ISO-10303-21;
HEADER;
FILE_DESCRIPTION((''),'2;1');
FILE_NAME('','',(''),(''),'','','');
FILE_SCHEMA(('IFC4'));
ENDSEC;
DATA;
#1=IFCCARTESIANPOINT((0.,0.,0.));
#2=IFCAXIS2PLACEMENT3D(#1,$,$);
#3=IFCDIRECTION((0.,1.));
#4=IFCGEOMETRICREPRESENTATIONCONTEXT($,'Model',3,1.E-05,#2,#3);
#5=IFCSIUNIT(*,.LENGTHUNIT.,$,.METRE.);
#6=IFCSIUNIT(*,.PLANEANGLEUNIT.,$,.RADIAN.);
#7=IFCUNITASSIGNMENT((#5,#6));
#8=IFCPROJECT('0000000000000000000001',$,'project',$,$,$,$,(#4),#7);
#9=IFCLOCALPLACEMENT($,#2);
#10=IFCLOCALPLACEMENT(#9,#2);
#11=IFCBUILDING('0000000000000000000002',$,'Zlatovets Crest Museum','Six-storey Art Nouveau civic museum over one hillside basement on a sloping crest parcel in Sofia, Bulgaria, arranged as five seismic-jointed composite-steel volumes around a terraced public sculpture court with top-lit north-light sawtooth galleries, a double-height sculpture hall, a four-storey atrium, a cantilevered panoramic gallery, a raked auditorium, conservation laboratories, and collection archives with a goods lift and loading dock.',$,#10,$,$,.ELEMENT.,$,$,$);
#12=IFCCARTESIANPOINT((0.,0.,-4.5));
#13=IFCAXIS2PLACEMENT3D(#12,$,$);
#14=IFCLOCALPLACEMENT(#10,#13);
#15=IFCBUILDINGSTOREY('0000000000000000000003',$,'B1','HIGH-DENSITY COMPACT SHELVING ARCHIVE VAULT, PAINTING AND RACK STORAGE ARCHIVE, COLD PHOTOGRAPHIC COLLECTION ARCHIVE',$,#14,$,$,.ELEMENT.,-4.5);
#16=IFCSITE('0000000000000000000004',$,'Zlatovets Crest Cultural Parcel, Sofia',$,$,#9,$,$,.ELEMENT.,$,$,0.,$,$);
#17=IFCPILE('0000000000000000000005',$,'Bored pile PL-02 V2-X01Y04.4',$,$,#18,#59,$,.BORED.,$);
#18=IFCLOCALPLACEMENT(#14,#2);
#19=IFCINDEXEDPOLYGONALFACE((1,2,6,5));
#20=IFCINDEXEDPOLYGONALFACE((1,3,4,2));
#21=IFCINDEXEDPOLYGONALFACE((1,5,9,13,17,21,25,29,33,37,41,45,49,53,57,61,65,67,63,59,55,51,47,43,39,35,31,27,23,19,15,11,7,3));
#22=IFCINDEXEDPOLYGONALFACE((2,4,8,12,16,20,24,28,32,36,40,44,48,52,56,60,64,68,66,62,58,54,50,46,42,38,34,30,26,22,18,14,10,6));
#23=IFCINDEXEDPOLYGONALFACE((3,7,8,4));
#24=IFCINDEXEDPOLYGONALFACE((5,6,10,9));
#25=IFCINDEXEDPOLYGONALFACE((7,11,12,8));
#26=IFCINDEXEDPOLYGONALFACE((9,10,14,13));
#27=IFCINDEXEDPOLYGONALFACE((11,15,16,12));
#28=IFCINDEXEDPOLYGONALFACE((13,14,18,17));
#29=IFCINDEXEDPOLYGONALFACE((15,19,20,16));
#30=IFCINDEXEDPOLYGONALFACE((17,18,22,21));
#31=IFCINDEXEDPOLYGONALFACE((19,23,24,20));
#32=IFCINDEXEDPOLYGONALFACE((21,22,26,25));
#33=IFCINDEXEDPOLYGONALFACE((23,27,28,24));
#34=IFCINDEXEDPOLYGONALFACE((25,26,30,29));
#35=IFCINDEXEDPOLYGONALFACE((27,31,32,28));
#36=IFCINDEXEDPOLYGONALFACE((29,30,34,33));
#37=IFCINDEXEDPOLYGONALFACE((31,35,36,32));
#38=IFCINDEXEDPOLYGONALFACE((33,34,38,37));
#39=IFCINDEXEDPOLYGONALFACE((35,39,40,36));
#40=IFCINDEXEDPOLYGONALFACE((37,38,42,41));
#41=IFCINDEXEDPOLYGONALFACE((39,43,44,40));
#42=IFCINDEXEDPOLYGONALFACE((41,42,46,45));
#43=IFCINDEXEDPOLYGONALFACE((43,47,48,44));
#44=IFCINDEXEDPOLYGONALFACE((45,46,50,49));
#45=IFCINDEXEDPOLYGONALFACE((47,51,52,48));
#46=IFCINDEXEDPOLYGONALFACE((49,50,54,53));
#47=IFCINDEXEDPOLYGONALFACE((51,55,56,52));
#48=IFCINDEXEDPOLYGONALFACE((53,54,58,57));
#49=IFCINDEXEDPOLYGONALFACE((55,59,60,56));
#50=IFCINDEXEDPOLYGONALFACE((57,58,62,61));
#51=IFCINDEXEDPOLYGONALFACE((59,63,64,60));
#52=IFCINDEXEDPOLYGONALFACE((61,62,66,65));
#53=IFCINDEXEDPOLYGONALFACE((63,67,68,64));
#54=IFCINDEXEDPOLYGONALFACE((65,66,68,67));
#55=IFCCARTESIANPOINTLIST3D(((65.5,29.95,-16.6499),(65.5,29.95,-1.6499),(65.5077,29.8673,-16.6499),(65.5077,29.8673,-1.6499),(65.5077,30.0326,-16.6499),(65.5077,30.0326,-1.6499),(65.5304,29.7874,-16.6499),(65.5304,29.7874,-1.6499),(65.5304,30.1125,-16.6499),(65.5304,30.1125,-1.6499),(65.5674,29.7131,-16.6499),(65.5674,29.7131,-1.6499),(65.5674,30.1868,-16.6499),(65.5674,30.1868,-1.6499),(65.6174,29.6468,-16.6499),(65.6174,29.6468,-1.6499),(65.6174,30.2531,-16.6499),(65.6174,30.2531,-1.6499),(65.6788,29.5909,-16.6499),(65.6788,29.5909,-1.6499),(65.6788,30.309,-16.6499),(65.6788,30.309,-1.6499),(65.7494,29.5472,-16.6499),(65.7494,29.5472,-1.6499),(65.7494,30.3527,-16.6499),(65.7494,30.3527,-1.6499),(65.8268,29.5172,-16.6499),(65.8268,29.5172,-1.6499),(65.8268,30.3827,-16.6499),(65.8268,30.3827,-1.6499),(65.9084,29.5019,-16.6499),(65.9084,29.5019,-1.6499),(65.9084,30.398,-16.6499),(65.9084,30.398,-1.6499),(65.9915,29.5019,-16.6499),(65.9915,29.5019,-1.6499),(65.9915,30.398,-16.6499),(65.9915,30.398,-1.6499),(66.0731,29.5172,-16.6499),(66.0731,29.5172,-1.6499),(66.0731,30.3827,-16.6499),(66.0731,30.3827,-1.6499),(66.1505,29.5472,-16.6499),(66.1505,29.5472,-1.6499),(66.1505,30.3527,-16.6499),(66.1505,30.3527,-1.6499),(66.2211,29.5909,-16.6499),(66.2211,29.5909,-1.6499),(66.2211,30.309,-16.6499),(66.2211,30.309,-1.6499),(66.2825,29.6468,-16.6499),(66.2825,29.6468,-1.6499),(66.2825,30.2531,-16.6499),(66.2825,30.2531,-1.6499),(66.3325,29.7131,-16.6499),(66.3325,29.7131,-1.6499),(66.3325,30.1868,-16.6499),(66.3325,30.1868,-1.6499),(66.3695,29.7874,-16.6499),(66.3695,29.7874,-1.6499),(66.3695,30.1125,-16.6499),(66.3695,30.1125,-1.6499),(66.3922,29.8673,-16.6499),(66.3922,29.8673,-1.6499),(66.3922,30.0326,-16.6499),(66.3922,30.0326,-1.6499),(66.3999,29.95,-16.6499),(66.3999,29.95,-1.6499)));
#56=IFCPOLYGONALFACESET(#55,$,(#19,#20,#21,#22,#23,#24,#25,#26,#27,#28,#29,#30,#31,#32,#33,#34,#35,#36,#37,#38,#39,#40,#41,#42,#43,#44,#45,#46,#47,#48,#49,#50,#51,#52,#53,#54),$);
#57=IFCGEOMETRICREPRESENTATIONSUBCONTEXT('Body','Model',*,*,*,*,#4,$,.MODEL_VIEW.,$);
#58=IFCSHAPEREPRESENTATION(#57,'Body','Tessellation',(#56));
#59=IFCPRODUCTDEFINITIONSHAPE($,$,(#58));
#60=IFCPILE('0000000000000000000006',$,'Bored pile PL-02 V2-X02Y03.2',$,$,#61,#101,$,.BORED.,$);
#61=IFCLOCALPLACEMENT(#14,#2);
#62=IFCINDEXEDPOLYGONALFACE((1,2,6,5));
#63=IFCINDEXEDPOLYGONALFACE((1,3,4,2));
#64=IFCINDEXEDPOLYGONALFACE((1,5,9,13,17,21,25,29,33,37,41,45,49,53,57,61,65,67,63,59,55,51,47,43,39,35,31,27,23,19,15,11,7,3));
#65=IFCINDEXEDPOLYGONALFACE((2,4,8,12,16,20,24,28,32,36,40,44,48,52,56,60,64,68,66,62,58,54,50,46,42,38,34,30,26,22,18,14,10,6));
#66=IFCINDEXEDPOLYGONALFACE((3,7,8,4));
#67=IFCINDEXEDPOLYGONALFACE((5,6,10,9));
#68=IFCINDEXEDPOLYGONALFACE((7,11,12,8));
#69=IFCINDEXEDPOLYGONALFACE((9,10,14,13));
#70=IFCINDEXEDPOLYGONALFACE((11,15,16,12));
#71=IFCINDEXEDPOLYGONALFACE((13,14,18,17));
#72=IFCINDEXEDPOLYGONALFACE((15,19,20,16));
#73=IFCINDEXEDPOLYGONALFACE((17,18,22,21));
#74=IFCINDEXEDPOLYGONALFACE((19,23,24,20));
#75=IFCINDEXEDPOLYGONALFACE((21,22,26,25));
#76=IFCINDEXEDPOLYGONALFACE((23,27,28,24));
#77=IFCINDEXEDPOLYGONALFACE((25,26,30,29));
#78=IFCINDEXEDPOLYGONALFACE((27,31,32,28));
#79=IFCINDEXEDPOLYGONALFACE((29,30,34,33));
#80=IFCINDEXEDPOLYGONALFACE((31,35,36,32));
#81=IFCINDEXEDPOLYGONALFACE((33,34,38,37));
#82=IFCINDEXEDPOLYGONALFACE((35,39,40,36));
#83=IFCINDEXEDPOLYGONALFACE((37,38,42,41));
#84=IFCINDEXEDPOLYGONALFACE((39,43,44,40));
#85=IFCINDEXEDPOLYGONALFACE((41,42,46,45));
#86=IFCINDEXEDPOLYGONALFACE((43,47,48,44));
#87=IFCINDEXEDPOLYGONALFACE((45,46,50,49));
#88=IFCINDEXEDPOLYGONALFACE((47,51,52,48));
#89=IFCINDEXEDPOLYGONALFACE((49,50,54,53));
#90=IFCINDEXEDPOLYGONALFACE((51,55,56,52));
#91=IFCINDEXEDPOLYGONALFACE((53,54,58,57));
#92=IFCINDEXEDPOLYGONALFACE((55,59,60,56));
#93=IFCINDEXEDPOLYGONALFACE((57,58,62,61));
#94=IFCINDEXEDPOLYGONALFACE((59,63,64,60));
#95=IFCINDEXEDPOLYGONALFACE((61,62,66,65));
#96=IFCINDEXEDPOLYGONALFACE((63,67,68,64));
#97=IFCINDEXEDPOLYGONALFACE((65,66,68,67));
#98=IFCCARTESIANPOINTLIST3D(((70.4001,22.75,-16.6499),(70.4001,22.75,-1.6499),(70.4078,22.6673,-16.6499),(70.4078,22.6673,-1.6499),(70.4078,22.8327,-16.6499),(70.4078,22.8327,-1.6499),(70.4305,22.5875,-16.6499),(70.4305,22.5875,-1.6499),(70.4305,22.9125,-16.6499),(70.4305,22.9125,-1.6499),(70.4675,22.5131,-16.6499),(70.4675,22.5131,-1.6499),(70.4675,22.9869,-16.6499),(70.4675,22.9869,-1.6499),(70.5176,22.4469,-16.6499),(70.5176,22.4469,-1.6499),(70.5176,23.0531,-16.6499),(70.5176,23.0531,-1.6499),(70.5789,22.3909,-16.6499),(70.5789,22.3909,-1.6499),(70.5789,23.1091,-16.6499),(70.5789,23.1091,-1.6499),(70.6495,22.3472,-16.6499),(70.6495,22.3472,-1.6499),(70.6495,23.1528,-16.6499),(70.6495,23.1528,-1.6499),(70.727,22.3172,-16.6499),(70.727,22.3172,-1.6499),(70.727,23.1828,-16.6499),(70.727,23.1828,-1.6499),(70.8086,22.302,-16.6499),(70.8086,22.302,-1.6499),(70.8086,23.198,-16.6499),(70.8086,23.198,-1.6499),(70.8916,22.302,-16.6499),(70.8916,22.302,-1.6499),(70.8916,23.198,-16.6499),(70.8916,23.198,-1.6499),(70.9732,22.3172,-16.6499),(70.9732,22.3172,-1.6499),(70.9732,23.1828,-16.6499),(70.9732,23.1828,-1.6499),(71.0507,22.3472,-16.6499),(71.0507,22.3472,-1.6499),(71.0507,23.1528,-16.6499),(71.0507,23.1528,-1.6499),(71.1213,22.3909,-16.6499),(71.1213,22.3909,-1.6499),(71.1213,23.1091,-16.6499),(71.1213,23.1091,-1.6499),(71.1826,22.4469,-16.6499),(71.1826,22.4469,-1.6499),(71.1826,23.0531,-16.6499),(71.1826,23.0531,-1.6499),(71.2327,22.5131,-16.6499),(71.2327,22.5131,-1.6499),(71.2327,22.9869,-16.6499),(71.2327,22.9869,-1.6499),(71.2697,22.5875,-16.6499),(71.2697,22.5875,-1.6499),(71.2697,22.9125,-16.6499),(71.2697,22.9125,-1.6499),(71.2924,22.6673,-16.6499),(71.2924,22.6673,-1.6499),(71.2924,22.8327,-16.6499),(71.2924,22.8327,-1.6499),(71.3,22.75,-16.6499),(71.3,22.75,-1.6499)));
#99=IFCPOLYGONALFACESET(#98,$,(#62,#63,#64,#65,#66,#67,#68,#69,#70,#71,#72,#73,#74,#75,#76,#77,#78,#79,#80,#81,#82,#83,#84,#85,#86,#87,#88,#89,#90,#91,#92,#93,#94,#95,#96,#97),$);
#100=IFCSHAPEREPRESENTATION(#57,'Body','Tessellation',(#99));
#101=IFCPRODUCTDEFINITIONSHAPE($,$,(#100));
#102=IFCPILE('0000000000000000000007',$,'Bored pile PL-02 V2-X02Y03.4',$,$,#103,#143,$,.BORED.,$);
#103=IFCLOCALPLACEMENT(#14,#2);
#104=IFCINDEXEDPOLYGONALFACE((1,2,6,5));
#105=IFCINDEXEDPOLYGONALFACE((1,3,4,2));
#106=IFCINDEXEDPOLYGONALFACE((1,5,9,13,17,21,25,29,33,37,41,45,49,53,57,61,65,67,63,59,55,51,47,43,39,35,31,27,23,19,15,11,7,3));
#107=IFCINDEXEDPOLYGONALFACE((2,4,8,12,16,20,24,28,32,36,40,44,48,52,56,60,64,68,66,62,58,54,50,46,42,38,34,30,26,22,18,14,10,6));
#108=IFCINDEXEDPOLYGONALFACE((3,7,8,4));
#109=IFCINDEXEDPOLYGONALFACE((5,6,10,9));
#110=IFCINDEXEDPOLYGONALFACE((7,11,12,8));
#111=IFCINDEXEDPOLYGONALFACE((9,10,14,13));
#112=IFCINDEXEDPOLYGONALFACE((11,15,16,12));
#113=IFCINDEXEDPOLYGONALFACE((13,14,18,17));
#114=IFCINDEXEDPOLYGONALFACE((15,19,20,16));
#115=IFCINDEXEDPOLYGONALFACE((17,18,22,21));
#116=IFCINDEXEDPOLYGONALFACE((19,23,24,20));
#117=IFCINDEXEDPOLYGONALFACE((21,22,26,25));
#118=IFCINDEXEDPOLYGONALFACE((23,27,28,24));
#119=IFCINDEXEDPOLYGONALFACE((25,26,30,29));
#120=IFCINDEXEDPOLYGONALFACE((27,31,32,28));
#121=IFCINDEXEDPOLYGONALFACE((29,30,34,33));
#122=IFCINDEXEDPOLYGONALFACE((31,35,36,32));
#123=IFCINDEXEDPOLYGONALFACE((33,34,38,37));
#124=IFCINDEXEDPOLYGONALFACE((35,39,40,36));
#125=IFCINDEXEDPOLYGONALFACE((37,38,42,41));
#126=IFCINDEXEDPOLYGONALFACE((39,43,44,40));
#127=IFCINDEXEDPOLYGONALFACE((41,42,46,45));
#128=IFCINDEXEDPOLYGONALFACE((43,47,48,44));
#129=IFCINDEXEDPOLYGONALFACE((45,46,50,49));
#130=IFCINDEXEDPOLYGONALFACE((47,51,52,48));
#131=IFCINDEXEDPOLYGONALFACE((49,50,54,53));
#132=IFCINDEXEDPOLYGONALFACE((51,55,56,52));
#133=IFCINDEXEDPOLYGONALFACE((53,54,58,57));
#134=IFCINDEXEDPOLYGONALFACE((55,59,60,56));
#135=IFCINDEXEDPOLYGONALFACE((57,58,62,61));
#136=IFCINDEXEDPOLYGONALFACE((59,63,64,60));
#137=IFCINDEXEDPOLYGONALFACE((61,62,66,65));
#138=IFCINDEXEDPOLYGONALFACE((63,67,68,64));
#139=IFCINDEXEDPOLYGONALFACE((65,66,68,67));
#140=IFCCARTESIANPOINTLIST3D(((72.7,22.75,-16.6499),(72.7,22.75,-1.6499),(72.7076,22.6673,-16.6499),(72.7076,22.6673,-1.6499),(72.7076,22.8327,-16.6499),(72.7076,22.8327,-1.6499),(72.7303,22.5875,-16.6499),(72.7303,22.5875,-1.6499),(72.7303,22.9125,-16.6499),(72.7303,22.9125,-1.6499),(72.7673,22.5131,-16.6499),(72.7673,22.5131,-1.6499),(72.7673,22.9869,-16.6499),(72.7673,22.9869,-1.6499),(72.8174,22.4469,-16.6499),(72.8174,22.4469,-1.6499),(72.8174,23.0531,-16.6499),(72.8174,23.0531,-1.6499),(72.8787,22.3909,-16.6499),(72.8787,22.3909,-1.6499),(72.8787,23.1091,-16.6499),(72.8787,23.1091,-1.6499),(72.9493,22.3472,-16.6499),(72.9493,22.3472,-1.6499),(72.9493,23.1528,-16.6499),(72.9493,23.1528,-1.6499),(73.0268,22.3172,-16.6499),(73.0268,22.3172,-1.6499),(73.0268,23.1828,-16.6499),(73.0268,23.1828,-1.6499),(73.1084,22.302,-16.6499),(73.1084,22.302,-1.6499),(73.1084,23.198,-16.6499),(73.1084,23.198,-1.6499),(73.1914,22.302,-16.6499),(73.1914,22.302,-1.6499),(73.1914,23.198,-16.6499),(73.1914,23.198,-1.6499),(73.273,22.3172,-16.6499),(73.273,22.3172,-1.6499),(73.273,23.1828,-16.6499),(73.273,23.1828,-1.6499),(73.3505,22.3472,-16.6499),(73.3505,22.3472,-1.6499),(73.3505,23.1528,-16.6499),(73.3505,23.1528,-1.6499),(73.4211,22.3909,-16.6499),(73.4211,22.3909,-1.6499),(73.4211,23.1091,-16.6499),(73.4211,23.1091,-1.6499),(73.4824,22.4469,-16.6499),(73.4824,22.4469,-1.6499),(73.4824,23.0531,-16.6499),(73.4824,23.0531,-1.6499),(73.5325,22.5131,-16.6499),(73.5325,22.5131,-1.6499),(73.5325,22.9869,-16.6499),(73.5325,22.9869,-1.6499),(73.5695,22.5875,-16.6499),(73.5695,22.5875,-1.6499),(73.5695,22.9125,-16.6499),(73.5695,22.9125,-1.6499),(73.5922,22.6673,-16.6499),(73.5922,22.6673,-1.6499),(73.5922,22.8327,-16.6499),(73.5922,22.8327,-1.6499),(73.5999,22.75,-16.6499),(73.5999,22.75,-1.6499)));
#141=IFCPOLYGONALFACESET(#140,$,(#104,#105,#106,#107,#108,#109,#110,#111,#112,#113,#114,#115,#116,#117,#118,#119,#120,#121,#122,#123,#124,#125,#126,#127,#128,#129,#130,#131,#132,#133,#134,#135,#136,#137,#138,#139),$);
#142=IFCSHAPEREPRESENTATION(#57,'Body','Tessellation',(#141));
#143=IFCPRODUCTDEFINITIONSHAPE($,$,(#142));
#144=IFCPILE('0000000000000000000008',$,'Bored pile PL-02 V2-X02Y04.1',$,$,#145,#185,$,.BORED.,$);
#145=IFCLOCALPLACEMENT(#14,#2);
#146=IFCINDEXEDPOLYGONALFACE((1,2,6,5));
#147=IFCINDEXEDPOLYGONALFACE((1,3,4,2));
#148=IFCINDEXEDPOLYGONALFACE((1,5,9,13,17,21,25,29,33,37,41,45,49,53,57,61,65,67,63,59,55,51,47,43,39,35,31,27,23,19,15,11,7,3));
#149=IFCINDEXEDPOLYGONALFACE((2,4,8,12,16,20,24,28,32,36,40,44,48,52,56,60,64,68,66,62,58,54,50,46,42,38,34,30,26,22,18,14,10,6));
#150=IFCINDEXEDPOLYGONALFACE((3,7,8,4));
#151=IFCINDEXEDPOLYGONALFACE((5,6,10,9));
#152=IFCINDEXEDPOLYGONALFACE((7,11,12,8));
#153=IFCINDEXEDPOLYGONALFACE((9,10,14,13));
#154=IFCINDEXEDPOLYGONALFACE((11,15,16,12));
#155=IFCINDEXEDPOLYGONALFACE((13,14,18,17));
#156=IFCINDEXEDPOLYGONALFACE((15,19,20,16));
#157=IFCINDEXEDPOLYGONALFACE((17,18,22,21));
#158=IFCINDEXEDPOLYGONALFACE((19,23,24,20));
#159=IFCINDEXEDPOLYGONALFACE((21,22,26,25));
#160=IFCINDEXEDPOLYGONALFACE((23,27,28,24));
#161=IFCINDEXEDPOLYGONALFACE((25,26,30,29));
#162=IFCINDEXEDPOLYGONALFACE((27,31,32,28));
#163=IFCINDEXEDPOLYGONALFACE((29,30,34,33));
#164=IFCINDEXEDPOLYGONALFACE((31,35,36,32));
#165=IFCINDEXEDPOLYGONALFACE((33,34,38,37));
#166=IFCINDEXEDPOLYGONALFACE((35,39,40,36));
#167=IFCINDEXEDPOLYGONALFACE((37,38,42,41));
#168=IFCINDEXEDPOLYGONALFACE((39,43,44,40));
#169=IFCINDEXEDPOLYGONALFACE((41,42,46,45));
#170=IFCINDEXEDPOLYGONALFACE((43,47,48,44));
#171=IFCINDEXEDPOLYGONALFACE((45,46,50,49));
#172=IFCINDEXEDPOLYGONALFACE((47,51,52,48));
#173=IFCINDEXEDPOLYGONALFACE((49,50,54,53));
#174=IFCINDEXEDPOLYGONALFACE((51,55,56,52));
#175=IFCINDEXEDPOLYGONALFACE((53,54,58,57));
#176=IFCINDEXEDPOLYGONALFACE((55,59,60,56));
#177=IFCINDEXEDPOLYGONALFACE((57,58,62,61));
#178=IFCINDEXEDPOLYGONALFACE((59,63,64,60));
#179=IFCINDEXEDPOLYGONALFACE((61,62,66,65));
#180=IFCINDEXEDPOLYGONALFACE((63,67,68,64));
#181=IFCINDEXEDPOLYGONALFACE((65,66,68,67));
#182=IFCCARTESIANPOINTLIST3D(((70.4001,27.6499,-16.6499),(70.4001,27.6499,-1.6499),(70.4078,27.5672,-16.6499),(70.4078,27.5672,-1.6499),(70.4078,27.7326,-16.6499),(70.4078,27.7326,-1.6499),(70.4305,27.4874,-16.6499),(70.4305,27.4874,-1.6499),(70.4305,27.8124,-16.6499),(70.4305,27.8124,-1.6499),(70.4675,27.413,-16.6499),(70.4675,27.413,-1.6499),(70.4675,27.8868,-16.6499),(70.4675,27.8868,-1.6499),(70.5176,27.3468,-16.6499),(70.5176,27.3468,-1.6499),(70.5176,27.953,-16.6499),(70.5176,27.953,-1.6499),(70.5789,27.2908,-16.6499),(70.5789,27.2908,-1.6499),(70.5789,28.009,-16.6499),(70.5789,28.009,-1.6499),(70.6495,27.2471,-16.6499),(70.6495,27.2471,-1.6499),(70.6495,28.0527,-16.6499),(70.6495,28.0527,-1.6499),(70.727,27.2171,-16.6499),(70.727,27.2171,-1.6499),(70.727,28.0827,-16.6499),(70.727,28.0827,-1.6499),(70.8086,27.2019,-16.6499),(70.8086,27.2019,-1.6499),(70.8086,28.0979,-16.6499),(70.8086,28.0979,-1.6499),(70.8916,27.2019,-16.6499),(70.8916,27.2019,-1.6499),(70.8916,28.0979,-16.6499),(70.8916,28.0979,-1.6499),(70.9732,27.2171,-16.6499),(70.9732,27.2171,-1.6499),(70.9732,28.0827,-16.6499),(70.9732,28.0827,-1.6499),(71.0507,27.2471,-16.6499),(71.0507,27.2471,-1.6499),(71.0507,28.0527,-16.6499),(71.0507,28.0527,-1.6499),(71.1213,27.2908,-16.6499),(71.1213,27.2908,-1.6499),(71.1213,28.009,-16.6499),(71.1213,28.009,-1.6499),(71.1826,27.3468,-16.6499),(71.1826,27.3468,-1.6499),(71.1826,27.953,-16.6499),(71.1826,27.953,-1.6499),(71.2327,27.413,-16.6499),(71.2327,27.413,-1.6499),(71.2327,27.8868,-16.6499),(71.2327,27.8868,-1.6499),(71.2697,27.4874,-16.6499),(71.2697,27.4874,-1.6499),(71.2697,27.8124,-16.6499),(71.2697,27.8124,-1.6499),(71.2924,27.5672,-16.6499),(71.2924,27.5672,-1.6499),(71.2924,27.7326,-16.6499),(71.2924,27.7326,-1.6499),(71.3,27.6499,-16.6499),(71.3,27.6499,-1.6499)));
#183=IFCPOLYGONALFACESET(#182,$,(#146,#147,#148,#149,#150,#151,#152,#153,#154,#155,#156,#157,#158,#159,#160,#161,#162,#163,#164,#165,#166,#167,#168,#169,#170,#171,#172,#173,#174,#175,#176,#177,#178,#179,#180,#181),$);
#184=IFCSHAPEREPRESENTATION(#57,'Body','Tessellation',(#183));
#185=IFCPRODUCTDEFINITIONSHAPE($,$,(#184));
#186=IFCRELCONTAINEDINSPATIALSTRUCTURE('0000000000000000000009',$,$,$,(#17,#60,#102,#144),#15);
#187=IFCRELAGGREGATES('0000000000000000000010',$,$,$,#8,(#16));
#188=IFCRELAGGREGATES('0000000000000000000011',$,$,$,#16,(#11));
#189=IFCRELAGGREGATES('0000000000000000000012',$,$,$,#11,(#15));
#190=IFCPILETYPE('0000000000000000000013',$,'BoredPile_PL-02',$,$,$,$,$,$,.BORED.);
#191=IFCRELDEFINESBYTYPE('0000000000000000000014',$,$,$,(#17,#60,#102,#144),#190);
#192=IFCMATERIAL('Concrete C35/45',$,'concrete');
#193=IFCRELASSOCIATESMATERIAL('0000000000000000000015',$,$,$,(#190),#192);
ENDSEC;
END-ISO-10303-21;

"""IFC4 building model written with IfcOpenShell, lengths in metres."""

from ifc_helpers import new_model, si_unit, direction, frame, origin, origin_2d, place, context, subcontext, project, spatial, circle, extrude, material, material_profile, profile_set, type_object, element, save


model = new_model("IFC4")

# Units and contexts
model_context = context("Model", 3, precision=1e-05, world=origin(), true_north=direction((0.0, 1.0)))
body_context = subcontext(model_context, "Body", "Model", "MODEL_VIEW")
ifc_project = project(units=[si_unit("LENGTHUNIT", "METRE"), si_unit("PLANEANGLEUNIT", "RADIAN")], contexts=[model_context])

# Site, building, storey
site_placement = place(None, origin())
site = spatial("IfcSite", under=ifc_project, at=site_placement, Name="Zlatovets Crest Cultural Parcel, Sofia", CompositionType="ELEMENT", RefElevation=0.0)
building_placement = place(site_placement, origin())
building = spatial("IfcBuilding", under=site, at=building_placement, Name="Zlatovets Crest Museum", Description="Six-storey Art Nouveau civic museum over one hillside basement on a sloping crest parcel in Sofia, Bulgaria, arranged as five seismic-jointed composite-steel volumes around a terraced public sculpture court with top-lit north-light sawtooth galleries, a double-height sculpture hall, a four-storey atrium, a cantilevered panoramic gallery, a raked auditorium, conservation laboratories, and collection archives with a goods lift and loading dock.", CompositionType="ELEMENT")
storey_placement = place(building_placement, frame((0.0, 0.0, -4.5)))
storey = spatial("IfcBuildingStorey", under=building, at=storey_placement, Name="B1", Description="HIGH-DENSITY COMPACT SHELVING ARCHIVE VAULT, PAINTING AND RACK STORAGE ARCHIVE, COLD PHOTOGRAPHIC COLLECTION ARCHIVE", CompositionType="ELEMENT", Elevation=-4.5)

# Piles
ifc_material_1 = material(Name="Concrete C35/45", Category="concrete")
ifc_material_profile_1 = material_profile(ifc_material_1, circle(Radius=0.45, at=origin_2d()), Name="PILE D900")
ifc_profile_set_1 = profile_set([ifc_material_profile_1], Name="Concrete C35/45")
pile_type_1 = type_object("IfcPileType", Name="BoredPile_PL-02", PredefinedType="BORED", material=ifc_profile_set_1)
for number, where, z_axis, x_axis, name in (
    (1, (65.95, 29.95, -1.6499), (0.0, 0.0, -1.0), (1.0, 0.0, 0.0), "Bored pile PL-02 V2-X01Y04.4"),
    (2, (70.8501, 22.75, -1.6499), (0.0, 0.0, -1.0), (1.0, 0.0, 0.0), "Bored pile PL-02 V2-X02Y03.2"),
    (3, (73.1499, 22.75, -1.6499), (0.0, 0.0, -1.0), (1.0, 0.0, 0.0), "Bored pile PL-02 V2-X02Y03.4"),
    (4, (70.8501, 27.6499, -1.6499), (0.0, 0.0, -1.0), (1.0, 0.0, 0.0), "Bored pile PL-02 V2-X02Y04.1"),
):
    element("IfcPile", number, at=place(storey_placement, frame(where, z_axis=z_axis, x_axis=x_axis)), inside=storey, type_object=pile_type_1, Name=name, PredefinedType="BORED", context=body_context, shape_type="SweptSolid", body=[
        extrude(circle(Radius=0.45, at=origin_2d()), origin(), (0.0, 0.0, 1.0), 15.0),
    ])

save(model, "model.ifc")
